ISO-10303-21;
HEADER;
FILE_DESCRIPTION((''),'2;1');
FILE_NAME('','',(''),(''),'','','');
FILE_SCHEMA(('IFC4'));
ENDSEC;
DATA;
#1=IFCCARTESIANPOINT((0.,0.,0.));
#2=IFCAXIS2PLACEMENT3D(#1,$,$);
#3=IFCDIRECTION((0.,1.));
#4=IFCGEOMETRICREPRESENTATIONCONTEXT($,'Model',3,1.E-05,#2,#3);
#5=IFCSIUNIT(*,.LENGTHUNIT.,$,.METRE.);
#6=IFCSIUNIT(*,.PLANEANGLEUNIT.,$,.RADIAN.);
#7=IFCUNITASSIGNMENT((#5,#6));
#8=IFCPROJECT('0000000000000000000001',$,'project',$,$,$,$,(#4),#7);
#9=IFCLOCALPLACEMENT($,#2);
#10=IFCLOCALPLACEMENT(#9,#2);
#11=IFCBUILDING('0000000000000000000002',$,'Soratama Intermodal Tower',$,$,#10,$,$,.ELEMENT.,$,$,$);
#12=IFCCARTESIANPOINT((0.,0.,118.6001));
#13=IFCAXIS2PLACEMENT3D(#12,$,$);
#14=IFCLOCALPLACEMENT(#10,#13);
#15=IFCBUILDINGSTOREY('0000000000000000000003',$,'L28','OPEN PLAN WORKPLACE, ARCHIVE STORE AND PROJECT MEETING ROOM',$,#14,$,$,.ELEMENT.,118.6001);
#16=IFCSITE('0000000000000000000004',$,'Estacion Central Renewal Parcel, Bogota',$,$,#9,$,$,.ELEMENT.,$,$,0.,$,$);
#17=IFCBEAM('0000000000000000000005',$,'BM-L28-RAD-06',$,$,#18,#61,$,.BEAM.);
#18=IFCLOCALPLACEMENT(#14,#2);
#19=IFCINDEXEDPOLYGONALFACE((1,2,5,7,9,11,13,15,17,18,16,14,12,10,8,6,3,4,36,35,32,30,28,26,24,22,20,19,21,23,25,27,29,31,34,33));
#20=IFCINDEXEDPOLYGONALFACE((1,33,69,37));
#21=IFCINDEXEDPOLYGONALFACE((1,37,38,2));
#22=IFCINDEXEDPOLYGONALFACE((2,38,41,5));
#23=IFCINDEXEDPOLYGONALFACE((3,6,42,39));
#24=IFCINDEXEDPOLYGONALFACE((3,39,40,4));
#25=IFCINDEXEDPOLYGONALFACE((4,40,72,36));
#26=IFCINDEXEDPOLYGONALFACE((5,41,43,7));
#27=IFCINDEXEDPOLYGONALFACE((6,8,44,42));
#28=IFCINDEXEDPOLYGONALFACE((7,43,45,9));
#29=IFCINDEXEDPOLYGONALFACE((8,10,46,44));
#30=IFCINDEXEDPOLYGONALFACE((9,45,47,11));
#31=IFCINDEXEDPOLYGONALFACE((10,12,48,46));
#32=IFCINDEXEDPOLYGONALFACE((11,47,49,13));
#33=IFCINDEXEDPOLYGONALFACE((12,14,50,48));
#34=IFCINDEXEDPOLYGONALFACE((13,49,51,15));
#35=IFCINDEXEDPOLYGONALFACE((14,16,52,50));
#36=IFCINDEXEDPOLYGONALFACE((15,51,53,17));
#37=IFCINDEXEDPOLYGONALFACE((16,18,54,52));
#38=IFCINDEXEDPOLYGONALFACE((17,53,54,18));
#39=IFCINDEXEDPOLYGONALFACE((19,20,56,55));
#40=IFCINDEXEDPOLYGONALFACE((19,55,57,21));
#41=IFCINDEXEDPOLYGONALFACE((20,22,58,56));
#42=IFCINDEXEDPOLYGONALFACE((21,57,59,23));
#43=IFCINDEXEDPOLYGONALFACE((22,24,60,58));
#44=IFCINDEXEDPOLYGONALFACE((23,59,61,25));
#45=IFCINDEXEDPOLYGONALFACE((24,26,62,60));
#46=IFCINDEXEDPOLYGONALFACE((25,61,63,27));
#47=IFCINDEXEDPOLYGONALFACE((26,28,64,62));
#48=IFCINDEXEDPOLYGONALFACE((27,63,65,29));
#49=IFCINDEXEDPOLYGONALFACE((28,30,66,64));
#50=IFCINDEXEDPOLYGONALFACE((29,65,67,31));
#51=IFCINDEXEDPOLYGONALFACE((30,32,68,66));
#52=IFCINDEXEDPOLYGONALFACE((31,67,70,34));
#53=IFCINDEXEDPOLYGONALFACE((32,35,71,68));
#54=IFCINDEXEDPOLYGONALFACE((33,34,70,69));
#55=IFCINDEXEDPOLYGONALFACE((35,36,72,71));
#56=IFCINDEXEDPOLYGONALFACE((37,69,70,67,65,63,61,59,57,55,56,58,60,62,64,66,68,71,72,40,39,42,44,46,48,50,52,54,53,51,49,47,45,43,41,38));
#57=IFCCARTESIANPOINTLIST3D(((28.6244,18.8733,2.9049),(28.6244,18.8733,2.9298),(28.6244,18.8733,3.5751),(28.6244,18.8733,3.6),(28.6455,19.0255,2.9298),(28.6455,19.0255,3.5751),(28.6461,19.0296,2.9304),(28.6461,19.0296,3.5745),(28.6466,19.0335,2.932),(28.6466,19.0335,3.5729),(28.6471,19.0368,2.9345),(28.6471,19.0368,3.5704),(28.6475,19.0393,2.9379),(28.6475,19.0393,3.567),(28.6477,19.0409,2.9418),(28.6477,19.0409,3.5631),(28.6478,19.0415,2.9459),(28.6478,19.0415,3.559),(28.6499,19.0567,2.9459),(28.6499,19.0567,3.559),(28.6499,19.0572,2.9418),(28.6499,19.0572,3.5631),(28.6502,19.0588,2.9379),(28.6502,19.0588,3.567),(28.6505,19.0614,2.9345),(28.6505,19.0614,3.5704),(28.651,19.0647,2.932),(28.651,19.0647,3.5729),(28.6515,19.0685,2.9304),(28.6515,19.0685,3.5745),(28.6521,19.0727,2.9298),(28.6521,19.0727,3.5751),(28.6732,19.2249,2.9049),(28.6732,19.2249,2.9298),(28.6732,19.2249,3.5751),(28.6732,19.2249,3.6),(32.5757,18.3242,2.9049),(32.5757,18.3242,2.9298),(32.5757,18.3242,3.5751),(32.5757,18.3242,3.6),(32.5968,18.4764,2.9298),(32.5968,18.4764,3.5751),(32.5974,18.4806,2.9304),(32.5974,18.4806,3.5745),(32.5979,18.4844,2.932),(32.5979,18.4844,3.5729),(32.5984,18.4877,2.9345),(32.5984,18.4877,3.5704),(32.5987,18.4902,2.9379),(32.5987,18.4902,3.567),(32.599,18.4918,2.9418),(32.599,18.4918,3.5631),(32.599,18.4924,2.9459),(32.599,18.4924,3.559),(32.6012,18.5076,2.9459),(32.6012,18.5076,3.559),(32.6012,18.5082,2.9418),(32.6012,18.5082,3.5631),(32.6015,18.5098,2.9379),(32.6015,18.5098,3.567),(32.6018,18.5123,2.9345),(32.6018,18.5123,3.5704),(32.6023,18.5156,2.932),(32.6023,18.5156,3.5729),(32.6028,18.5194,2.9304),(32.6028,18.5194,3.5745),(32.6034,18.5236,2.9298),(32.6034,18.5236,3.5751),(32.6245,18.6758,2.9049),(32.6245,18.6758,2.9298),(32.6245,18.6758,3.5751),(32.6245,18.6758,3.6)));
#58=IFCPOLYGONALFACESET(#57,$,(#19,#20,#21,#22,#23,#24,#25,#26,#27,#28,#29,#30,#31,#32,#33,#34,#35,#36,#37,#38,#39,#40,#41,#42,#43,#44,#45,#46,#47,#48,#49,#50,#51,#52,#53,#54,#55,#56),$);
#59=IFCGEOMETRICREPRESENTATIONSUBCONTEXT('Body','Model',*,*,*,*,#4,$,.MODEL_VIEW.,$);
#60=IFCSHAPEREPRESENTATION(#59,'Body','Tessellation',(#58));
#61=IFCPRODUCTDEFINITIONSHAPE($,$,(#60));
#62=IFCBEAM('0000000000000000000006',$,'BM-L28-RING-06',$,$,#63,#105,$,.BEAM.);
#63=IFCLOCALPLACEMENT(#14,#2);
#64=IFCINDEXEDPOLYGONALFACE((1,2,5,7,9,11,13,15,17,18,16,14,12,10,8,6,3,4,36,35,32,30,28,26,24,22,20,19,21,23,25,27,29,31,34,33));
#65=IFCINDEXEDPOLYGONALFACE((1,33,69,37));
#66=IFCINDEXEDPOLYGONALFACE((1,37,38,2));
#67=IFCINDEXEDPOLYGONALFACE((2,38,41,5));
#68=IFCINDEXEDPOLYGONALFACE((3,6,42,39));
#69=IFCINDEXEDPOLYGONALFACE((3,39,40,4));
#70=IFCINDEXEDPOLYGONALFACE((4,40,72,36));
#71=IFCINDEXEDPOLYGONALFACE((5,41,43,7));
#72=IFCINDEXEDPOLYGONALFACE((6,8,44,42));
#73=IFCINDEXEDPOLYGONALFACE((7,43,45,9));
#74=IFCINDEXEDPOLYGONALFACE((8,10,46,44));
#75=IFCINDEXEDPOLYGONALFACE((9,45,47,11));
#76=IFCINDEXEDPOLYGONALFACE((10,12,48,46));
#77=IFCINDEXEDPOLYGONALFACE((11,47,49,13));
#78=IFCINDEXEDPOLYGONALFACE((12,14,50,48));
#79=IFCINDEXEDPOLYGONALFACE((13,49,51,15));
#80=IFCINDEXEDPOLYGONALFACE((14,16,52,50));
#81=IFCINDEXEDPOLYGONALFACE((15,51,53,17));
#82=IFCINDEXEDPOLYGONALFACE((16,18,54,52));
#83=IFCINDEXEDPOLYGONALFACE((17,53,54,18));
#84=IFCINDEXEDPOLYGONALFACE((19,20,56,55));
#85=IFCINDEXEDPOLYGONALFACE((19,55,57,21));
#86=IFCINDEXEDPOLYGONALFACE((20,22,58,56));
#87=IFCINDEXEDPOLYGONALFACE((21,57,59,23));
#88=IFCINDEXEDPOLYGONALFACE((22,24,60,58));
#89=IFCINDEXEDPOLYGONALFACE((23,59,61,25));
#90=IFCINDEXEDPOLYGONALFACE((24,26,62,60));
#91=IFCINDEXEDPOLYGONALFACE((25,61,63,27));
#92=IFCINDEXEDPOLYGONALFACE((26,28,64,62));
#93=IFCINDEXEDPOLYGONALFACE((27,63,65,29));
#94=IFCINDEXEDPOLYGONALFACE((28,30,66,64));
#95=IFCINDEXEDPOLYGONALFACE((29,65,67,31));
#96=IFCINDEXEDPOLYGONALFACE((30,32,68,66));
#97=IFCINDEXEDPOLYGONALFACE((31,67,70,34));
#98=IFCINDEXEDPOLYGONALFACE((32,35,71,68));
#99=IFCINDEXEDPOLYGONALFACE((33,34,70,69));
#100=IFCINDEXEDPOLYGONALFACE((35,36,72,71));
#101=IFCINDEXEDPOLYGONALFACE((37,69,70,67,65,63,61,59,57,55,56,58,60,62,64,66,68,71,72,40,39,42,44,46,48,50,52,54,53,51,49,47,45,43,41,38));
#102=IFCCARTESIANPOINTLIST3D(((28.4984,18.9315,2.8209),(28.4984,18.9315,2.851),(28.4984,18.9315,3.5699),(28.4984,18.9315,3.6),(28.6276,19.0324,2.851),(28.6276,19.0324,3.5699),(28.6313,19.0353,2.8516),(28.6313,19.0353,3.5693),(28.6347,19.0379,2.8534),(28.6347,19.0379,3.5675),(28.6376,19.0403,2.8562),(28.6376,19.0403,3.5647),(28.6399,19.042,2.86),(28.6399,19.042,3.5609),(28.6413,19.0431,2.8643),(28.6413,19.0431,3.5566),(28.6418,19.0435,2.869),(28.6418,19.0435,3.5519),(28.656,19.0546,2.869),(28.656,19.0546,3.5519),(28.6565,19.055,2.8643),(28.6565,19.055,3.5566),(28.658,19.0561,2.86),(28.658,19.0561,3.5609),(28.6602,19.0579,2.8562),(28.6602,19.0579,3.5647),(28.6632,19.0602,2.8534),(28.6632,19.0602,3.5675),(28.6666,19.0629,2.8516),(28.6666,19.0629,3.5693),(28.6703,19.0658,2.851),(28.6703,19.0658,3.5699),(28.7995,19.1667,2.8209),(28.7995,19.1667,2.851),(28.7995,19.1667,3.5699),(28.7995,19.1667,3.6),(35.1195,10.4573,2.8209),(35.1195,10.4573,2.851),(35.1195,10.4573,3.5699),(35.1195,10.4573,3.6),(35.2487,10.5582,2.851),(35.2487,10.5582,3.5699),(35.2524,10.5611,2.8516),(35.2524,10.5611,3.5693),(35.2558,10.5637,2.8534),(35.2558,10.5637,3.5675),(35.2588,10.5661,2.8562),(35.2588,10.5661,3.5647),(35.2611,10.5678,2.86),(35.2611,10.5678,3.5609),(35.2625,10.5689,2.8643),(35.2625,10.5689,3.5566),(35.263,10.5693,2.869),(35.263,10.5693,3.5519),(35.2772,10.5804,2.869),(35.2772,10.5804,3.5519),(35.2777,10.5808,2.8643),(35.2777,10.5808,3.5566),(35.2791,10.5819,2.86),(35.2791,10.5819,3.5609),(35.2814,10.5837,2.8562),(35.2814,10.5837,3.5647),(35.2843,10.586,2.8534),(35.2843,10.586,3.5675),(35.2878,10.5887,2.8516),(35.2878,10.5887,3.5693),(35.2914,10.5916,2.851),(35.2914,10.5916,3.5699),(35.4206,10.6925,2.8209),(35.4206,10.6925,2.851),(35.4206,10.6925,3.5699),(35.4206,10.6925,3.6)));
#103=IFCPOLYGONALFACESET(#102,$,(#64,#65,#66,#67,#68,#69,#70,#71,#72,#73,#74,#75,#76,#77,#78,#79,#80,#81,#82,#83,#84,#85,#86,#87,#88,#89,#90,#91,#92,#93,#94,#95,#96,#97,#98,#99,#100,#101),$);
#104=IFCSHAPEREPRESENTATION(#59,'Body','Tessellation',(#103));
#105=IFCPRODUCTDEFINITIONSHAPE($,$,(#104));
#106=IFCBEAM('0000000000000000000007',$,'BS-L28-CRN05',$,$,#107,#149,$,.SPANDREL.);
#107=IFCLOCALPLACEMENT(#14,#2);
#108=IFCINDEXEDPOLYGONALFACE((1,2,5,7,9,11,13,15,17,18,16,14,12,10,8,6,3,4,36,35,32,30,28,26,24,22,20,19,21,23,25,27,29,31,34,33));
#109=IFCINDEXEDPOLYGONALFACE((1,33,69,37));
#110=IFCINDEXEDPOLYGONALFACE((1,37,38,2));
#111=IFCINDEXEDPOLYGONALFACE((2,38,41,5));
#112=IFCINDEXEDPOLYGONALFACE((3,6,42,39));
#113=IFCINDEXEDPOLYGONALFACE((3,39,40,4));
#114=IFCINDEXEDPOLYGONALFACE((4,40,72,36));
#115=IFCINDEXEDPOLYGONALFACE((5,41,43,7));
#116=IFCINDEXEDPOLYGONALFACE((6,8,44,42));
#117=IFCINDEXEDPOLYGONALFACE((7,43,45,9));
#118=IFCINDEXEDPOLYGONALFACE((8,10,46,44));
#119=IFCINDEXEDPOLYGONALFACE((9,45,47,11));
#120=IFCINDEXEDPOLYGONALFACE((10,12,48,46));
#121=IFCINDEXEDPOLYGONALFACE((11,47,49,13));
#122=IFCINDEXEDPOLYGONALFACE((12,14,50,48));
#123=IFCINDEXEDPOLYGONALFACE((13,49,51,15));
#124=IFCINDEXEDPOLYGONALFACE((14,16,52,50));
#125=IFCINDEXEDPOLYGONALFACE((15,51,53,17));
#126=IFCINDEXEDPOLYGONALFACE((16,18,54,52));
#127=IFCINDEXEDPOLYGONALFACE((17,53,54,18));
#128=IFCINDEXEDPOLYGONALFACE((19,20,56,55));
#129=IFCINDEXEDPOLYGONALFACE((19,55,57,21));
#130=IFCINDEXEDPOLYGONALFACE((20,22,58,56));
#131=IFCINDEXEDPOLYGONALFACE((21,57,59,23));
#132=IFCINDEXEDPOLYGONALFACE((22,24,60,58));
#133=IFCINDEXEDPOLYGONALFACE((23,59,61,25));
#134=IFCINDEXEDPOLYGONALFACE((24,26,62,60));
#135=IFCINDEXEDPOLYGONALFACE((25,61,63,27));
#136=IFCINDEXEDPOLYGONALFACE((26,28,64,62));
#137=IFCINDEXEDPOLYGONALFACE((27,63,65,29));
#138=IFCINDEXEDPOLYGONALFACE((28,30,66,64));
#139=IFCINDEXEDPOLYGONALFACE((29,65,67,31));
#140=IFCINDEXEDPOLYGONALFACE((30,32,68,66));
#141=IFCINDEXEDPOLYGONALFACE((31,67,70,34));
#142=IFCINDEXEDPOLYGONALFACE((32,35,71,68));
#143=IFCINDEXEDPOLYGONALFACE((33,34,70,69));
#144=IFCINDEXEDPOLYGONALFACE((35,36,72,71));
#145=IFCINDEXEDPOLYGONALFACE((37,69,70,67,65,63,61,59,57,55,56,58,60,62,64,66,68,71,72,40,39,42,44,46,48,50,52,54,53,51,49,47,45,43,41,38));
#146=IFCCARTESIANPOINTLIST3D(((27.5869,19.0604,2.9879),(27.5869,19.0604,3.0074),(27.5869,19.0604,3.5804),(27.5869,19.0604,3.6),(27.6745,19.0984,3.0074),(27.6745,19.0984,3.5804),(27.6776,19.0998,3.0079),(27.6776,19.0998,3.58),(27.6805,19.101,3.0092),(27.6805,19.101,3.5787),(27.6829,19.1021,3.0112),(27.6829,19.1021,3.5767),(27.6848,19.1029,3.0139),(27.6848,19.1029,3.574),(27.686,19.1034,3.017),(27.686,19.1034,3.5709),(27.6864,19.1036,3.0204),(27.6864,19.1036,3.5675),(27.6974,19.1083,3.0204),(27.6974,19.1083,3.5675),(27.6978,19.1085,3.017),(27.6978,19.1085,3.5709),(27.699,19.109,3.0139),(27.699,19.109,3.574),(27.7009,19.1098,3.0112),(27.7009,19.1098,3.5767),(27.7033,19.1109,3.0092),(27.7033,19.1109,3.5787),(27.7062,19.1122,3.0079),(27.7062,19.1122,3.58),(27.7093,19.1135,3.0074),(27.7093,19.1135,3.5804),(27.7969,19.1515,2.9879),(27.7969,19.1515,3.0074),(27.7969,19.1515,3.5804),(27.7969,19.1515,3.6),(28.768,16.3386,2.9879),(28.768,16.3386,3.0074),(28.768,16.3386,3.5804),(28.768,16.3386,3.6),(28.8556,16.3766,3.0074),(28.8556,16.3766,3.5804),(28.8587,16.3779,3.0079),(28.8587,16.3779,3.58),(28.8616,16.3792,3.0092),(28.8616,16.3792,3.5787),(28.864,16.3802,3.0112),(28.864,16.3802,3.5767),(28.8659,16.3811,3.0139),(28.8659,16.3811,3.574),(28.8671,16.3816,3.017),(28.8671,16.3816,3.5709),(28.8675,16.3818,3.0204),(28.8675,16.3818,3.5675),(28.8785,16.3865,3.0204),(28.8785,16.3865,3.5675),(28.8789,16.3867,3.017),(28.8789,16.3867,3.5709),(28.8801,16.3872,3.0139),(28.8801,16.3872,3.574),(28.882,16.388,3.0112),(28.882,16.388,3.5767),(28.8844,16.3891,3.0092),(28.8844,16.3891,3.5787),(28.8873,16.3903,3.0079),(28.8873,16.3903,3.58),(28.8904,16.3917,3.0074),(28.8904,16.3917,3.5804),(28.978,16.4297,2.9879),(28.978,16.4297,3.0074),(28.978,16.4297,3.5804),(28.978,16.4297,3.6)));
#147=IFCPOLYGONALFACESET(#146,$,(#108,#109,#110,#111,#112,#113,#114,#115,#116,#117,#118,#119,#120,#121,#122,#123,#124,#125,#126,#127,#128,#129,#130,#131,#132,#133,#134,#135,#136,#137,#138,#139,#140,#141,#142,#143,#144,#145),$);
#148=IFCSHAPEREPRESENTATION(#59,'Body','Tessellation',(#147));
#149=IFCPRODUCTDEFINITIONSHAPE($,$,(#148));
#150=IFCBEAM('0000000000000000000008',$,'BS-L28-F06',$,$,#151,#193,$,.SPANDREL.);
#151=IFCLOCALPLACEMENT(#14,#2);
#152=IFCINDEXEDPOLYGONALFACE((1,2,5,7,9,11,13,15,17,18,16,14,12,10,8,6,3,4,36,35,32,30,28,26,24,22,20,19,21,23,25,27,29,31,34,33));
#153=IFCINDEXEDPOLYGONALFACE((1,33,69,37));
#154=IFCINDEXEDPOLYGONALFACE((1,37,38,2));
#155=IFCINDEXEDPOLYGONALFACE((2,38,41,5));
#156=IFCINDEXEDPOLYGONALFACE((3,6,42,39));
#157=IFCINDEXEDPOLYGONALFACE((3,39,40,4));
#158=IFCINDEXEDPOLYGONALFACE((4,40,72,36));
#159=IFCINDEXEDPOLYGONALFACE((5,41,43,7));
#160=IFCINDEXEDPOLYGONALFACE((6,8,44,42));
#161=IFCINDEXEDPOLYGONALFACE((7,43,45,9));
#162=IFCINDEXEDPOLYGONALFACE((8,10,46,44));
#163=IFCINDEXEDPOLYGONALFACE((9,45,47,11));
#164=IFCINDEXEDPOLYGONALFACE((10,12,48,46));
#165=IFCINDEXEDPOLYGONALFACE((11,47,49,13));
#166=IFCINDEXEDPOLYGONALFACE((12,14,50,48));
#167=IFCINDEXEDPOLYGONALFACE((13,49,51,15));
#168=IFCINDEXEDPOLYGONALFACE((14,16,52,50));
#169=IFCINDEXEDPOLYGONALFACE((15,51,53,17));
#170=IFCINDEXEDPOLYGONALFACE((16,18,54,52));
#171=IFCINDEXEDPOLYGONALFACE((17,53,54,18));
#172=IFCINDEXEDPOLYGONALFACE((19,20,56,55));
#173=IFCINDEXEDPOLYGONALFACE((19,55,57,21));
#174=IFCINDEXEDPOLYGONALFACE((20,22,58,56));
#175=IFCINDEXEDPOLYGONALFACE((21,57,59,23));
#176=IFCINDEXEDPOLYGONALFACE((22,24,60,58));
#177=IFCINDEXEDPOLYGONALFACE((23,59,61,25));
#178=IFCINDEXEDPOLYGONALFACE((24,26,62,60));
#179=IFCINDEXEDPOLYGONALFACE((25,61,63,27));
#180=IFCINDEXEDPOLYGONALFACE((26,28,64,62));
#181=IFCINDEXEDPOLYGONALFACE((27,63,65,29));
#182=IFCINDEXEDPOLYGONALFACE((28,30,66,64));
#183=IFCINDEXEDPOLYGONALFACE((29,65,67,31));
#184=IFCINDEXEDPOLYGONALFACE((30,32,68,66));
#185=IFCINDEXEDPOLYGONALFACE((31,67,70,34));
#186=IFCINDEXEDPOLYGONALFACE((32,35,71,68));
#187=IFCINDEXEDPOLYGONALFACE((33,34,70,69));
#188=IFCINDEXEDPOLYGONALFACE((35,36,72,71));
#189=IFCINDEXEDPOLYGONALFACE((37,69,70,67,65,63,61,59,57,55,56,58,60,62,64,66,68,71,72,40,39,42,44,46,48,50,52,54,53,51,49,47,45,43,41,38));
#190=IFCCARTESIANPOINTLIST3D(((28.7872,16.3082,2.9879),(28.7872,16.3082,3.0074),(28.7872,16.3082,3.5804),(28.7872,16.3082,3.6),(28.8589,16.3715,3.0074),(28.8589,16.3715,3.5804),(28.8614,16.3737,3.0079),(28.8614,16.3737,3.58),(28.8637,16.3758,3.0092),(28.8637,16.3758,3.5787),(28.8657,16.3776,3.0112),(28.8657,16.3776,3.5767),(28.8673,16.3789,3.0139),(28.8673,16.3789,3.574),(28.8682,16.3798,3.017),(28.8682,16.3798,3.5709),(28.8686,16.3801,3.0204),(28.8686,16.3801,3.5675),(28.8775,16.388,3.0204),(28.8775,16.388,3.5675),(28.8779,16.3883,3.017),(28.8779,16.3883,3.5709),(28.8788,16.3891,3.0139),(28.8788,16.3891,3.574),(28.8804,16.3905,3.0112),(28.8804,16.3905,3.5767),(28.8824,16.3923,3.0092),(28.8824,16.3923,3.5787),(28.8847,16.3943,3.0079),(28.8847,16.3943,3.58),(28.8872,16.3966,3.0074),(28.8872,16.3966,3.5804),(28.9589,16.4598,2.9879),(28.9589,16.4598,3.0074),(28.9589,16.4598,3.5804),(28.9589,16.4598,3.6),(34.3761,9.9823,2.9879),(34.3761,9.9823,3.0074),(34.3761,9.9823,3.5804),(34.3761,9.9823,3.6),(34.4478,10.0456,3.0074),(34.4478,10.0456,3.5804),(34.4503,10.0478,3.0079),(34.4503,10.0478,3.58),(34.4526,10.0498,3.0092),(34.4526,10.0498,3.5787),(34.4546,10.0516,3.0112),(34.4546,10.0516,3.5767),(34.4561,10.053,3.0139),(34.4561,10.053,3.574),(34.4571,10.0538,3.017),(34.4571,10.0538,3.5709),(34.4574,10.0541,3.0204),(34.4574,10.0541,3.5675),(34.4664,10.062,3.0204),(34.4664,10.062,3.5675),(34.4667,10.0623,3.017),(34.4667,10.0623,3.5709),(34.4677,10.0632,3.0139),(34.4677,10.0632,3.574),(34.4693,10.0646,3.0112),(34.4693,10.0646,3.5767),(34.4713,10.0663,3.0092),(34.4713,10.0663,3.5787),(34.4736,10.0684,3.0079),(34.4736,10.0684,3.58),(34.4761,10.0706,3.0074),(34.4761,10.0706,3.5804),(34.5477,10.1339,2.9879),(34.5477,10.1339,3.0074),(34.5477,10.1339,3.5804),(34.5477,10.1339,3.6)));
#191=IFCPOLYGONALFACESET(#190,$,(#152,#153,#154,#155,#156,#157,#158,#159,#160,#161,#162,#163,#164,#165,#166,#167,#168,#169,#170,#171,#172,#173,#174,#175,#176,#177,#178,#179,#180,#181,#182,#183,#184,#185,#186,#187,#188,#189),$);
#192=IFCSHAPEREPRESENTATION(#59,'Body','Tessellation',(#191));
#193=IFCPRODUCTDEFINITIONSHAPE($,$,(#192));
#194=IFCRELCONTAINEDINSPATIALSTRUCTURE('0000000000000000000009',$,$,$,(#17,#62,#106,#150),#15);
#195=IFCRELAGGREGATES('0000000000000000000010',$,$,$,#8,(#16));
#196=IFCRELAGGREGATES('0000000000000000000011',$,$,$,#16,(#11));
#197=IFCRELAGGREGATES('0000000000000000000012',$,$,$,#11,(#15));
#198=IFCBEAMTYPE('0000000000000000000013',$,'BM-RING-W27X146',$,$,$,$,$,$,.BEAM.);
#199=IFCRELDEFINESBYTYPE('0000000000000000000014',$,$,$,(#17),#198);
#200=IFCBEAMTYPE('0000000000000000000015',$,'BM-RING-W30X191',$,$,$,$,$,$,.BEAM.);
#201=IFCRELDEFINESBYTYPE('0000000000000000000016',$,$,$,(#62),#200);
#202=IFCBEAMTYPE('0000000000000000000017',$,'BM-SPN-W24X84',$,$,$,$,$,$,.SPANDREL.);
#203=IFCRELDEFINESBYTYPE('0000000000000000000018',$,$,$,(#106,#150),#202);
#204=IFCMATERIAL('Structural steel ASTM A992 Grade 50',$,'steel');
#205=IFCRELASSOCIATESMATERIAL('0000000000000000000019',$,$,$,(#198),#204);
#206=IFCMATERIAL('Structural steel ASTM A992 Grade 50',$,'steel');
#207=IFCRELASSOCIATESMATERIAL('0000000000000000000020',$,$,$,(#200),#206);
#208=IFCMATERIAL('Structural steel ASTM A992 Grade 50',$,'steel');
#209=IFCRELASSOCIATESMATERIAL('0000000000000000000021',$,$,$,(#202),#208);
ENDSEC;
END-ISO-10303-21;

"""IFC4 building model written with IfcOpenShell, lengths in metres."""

from ifc_helpers import new_model, si_unit, direction, frame, origin, origin_2d, place, context, subcontext, project, spatial, i_section, extrude, material, material_profile, profile_set, type_object, element, save


model = new_model("IFC4")

# Units and contexts
model_context = context("Model", 3, precision=1e-05, world=origin(), true_north=direction((0.0, 1.0)))
body_context = subcontext(model_context, "Body", "Model", "MODEL_VIEW")
ifc_project = project(units=[si_unit("LENGTHUNIT", "METRE"), si_unit("PLANEANGLEUNIT", "RADIAN")], contexts=[model_context])

# Site, building, storey
site_placement = place(None, origin())
site = spatial("IfcSite", under=ifc_project, at=site_placement, Name="Estacion Central Renewal Parcel, Bogota", CompositionType="ELEMENT", RefElevation=0.0)
building_placement = place(site_placement, origin())
building = spatial("IfcBuilding", under=site, at=building_placement, Name="Soratama Intermodal Tower", CompositionType="ELEMENT")
storey_placement = place(building_placement, frame((0.0, 0.0, 118.6001)))
storey = spatial("IfcBuildingStorey", under=building, at=storey_placement, Name="L28", Description="OPEN PLAN WORKPLACE, ARCHIVE STORE AND PROJECT MEETING ROOM", CompositionType="ELEMENT", Elevation=118.6001)

# Beams
ifc_material_1 = material(Name="Structural steel ASTM A992 Grade 50", Category="steel")
ifc_material_profile_1 = material_profile(ifc_material_1, i_section(OverallWidth=0.355, OverallDepth=0.6951, WebThickness=0.0154, FlangeThickness=0.0249, FilletRadius=0.0161, at=origin_2d()), Name="W27X146")
ifc_profile_set_1 = profile_set([ifc_material_profile_1], Name="Structural steel ASTM A992 Grade 50")
beam_type_1 = type_object("IfcBeamType", Name="BM-RING-W27X146", PredefinedType="BEAM", material=ifc_profile_set_1)
beam_1_placement = place(storey_placement, frame((32.6001, 18.5, 3.2524), z_axis=(-0.990482, 0.137642, 0.0), x_axis=(-0.137642, -0.990482, 0.0)))
element("IfcBeam", 1, at=beam_1_placement, inside=storey, type_object=beam_type_1, Name="BM-L28-RAD-06", PredefinedType="BEAM", context=body_context, shape_type="SweptSolid", body=[
    extrude(i_section(OverallWidth=0.355, OverallDepth=0.6951, WebThickness=0.0154, FlangeThickness=0.0249, FilletRadius=0.0161, at=origin_2d()), origin(), (0.0, 0.0, 1.0), 3.9893),
])
ifc_material_2 = material(Name="Structural steel ASTM A992 Grade 50", Category="steel")
ifc_material_profile_2 = material_profile(ifc_material_2, i_section(OverallWidth=0.3821, OverallDepth=0.7791, WebThickness=0.0181, FlangeThickness=0.03, FilletRadius=0.0181, at=origin_2d()), Name="W30X191")
ifc_profile_set_2 = profile_set([ifc_material_profile_2], Name="Structural steel ASTM A992 Grade 50")
beam_type_2 = type_object("IfcBeamType", Name="BM-RING-W30X191", PredefinedType="BEAM", material=ifc_profile_set_2)
beam_2_placement = place(storey_placement, frame((28.6489, 19.0491, 3.2104), z_axis=(0.615684, -0.787993, 0.0), x_axis=(0.787993, 0.615684, 0.0)))
element("IfcBeam", 2, at=beam_2_placement, inside=storey, type_object=beam_type_2, Name="BM-L28-RING-06", PredefinedType="BEAM", context=body_context, shape_type="SweptSolid", body=[
    extrude(i_section(OverallWidth=0.3821, OverallDepth=0.7791, WebThickness=0.0181, FlangeThickness=0.03, FilletRadius=0.0181, at=origin_2d()), origin(), (0.0, 0.0, 1.0), 10.7542),
])
ifc_material_3 = material(Name="Structural steel ASTM A992 Grade 50", Category="steel")
ifc_material_profile_3 = material_profile(ifc_material_3, i_section(OverallWidth=0.229, OverallDepth=0.6121, WebThickness=0.012, FlangeThickness=0.0195, FilletRadius=0.0129, at=origin_2d()), Name="W24X84")
ifc_profile_set_3 = profile_set([ifc_material_profile_3], Name="Structural steel ASTM A992 Grade 50")
beam_type_3 = type_object("IfcBeamType", Name="BM-SPN-W24X84", PredefinedType="SPANDREL", material=ifc_profile_set_3)
beam_3_placement = place(storey_placement, frame((27.6919, 19.106, 3.2939), z_axis=(0.398076, -0.917352, 0.0), x_axis=(0.917352, 0.398076, 0.0)))
element("IfcBeam", 3, at=beam_3_placement, inside=storey, type_object=beam_type_3, Name="BS-L28-CRN05", PredefinedType="SPANDREL", context=body_context, shape_type="SweptSolid", body=[
    extrude(i_section(OverallWidth=0.229, OverallDepth=0.6121, WebThickness=0.012, FlangeThickness=0.0195, FilletRadius=0.0129, at=origin_2d()), origin(), (0.0, 0.0, 1.0), 2.967),
])
beam_4_placement = place(storey_placement, frame((28.873, 16.384, 3.2939), z_axis=(0.662099, -0.749417, 0.0), x_axis=(0.749417, 0.662099, 0.0)))
element("IfcBeam", 4, at=beam_4_placement, inside=storey, type_object=beam_type_3, Name="BS-L28-F06", PredefinedType="SPANDREL", context=body_context, shape_type="SweptSolid", body=[
    extrude(i_section(OverallWidth=0.229, OverallDepth=0.6121, WebThickness=0.012, FlangeThickness=0.0195, FilletRadius=0.0129, at=origin_2d()), origin(), (0.0, 0.0, 1.0), 8.4412),
])

save(model, "model.ifc")
